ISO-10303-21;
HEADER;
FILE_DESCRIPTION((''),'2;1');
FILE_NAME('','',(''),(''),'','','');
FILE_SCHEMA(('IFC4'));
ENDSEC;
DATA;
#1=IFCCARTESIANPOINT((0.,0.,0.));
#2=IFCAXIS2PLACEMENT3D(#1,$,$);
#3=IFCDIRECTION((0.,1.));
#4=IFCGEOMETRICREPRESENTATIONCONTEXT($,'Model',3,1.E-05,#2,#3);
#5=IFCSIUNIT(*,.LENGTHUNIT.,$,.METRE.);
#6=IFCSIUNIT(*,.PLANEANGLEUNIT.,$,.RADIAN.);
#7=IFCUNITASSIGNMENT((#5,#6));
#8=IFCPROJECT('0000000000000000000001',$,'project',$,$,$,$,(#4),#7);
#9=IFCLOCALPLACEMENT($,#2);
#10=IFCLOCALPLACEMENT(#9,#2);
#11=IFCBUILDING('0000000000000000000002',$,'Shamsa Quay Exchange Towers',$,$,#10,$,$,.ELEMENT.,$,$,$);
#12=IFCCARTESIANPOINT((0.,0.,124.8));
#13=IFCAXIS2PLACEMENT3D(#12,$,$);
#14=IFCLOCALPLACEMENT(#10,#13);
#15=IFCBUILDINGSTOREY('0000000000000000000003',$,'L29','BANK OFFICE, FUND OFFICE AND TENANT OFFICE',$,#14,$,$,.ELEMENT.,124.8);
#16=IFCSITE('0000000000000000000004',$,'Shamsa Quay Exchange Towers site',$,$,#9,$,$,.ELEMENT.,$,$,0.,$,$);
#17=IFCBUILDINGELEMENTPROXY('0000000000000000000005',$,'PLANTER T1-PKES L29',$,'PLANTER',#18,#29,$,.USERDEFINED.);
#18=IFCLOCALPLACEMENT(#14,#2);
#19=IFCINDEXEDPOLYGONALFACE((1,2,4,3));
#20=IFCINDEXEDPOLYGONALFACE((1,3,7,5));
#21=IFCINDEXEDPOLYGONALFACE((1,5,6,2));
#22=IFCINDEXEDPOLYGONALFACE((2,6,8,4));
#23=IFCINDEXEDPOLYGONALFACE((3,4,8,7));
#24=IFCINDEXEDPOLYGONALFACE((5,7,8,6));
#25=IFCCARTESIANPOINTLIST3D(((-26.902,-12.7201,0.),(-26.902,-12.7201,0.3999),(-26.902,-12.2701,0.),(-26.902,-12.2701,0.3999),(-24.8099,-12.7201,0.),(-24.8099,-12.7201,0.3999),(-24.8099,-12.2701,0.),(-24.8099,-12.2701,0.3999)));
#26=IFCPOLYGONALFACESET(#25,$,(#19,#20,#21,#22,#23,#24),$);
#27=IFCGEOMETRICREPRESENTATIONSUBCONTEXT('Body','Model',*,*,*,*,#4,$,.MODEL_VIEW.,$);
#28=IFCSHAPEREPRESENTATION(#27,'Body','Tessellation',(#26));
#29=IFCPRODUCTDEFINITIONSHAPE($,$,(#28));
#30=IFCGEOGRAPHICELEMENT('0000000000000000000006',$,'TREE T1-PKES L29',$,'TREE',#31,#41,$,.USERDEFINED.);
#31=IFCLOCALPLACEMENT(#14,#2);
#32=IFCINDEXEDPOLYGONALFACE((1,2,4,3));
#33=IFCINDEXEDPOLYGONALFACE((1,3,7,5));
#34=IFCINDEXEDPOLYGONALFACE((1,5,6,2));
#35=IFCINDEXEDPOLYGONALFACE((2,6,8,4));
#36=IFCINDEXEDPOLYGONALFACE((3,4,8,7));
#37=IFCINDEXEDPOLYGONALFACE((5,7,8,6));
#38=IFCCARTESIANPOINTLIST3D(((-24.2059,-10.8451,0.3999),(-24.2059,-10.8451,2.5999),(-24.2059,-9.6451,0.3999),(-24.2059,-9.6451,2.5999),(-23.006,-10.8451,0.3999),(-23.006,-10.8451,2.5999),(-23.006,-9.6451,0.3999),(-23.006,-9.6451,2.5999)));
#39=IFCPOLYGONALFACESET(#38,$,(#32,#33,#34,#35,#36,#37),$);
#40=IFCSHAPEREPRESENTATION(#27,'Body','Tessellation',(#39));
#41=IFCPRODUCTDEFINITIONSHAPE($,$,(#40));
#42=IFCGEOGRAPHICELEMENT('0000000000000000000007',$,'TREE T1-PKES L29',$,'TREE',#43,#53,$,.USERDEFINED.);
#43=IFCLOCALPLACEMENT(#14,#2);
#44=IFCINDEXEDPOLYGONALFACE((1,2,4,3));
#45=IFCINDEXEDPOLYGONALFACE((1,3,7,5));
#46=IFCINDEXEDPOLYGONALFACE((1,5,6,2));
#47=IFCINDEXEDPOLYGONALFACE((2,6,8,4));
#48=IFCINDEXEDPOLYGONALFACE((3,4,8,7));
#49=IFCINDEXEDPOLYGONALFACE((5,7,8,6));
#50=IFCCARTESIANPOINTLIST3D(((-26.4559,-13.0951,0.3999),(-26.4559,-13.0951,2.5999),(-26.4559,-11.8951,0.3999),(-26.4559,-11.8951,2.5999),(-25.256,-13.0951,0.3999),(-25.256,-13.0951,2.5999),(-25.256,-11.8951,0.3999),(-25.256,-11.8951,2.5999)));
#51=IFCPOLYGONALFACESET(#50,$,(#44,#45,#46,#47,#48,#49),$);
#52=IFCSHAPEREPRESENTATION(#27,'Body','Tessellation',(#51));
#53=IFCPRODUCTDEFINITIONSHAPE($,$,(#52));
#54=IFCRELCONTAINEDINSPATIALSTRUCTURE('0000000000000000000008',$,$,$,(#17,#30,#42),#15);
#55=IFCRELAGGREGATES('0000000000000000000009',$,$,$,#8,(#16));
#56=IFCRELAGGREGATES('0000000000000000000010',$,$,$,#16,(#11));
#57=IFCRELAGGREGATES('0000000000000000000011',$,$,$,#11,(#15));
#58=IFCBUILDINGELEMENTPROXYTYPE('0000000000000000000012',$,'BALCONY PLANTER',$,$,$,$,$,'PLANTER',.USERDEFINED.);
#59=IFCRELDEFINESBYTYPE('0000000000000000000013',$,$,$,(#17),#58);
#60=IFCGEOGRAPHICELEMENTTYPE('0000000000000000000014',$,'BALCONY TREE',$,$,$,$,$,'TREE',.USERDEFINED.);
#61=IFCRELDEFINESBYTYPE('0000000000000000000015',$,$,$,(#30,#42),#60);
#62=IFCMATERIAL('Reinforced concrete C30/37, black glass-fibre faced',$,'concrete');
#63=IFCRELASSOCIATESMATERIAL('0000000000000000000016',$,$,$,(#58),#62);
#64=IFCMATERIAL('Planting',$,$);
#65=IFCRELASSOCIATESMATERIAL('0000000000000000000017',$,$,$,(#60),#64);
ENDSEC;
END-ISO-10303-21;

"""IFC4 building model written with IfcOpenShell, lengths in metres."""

from ifc_helpers import new_model, si_unit, direction, frame, origin, origin_2d, place, context, subcontext, project, spatial, rectangle, extrude, material, type_object, element, save


model = new_model("IFC4")

# Units and contexts
model_context = context("Model", 3, precision=1e-05, world=origin(), true_north=direction((0.0, 1.0)))
body_context = subcontext(model_context, "Body", "Model", "MODEL_VIEW")
ifc_project = project(units=[si_unit("LENGTHUNIT", "METRE"), si_unit("PLANEANGLEUNIT", "RADIAN")], contexts=[model_context])

# Site, building, storey
site_placement = place(None, origin())
site = spatial("IfcSite", under=ifc_project, at=site_placement, Name="Shamsa Quay Exchange Towers site", CompositionType="ELEMENT", RefElevation=0.0)
building_placement = place(site_placement, origin())
building = spatial("IfcBuilding", under=site, at=building_placement, Name="Shamsa Quay Exchange Towers", CompositionType="ELEMENT")
storey_placement = place(building_placement, frame((0.0, 0.0, 124.8)))
storey = spatial("IfcBuildingStorey", under=building, at=storey_placement, Name="L29", Description="BANK OFFICE, FUND OFFICE AND TENANT OFFICE", CompositionType="ELEMENT", Elevation=124.8)

# Building element proxy
ifc_material_1 = material(Name="Reinforced concrete C30/37, black glass-fibre faced", Category="concrete")
building_element_proxy_type = type_object("IfcBuildingElementProxyType", Name="BALCONY PLANTER", ElementType="PLANTER", PredefinedType="USERDEFINED", material=ifc_material_1)
for number, where, name in (
    (1, (-25.856, -12.4951, 0.0), "PLANTER T1-PKES L29"),
):
    element("IfcBuildingElementProxy", number, at=place(storey_placement, frame(where)), inside=storey, type_object=building_element_proxy_type, Name=name, ObjectType="PLANTER", PredefinedType="USERDEFINED", context=body_context, shape_type="SweptSolid", body=[
        extrude(rectangle(XDim=2.092, YDim=0.45, at=origin_2d()), origin(), (0.0, 0.0, 1.0), 0.3999),
    ])

# Geographic elements
ifc_material_2 = material(Name="Planting")
geographic_element_type = type_object("IfcGeographicElementType", Name="BALCONY TREE", ElementType="TREE", PredefinedType="USERDEFINED", material=ifc_material_2)
for number, where, name in (
    (2, (-23.606, -10.2451, 0.3999), "TREE T1-PKES L29"),
    (3, (-25.856, -12.4951, 0.3999), "TREE T1-PKES L29"),
):
    element("IfcGeographicElement", number, at=place(storey_placement, frame(where)), inside=storey, type_object=geographic_element_type, Name=name, ObjectType="TREE", PredefinedType="USERDEFINED", context=body_context, shape_type="SweptSolid", body=[
        extrude(rectangle(XDim=1.2, YDim=1.2, at=origin_2d()), origin(), (0.0, 0.0, 1.0), 2.2),
    ])

save(model, "model.ifc")
